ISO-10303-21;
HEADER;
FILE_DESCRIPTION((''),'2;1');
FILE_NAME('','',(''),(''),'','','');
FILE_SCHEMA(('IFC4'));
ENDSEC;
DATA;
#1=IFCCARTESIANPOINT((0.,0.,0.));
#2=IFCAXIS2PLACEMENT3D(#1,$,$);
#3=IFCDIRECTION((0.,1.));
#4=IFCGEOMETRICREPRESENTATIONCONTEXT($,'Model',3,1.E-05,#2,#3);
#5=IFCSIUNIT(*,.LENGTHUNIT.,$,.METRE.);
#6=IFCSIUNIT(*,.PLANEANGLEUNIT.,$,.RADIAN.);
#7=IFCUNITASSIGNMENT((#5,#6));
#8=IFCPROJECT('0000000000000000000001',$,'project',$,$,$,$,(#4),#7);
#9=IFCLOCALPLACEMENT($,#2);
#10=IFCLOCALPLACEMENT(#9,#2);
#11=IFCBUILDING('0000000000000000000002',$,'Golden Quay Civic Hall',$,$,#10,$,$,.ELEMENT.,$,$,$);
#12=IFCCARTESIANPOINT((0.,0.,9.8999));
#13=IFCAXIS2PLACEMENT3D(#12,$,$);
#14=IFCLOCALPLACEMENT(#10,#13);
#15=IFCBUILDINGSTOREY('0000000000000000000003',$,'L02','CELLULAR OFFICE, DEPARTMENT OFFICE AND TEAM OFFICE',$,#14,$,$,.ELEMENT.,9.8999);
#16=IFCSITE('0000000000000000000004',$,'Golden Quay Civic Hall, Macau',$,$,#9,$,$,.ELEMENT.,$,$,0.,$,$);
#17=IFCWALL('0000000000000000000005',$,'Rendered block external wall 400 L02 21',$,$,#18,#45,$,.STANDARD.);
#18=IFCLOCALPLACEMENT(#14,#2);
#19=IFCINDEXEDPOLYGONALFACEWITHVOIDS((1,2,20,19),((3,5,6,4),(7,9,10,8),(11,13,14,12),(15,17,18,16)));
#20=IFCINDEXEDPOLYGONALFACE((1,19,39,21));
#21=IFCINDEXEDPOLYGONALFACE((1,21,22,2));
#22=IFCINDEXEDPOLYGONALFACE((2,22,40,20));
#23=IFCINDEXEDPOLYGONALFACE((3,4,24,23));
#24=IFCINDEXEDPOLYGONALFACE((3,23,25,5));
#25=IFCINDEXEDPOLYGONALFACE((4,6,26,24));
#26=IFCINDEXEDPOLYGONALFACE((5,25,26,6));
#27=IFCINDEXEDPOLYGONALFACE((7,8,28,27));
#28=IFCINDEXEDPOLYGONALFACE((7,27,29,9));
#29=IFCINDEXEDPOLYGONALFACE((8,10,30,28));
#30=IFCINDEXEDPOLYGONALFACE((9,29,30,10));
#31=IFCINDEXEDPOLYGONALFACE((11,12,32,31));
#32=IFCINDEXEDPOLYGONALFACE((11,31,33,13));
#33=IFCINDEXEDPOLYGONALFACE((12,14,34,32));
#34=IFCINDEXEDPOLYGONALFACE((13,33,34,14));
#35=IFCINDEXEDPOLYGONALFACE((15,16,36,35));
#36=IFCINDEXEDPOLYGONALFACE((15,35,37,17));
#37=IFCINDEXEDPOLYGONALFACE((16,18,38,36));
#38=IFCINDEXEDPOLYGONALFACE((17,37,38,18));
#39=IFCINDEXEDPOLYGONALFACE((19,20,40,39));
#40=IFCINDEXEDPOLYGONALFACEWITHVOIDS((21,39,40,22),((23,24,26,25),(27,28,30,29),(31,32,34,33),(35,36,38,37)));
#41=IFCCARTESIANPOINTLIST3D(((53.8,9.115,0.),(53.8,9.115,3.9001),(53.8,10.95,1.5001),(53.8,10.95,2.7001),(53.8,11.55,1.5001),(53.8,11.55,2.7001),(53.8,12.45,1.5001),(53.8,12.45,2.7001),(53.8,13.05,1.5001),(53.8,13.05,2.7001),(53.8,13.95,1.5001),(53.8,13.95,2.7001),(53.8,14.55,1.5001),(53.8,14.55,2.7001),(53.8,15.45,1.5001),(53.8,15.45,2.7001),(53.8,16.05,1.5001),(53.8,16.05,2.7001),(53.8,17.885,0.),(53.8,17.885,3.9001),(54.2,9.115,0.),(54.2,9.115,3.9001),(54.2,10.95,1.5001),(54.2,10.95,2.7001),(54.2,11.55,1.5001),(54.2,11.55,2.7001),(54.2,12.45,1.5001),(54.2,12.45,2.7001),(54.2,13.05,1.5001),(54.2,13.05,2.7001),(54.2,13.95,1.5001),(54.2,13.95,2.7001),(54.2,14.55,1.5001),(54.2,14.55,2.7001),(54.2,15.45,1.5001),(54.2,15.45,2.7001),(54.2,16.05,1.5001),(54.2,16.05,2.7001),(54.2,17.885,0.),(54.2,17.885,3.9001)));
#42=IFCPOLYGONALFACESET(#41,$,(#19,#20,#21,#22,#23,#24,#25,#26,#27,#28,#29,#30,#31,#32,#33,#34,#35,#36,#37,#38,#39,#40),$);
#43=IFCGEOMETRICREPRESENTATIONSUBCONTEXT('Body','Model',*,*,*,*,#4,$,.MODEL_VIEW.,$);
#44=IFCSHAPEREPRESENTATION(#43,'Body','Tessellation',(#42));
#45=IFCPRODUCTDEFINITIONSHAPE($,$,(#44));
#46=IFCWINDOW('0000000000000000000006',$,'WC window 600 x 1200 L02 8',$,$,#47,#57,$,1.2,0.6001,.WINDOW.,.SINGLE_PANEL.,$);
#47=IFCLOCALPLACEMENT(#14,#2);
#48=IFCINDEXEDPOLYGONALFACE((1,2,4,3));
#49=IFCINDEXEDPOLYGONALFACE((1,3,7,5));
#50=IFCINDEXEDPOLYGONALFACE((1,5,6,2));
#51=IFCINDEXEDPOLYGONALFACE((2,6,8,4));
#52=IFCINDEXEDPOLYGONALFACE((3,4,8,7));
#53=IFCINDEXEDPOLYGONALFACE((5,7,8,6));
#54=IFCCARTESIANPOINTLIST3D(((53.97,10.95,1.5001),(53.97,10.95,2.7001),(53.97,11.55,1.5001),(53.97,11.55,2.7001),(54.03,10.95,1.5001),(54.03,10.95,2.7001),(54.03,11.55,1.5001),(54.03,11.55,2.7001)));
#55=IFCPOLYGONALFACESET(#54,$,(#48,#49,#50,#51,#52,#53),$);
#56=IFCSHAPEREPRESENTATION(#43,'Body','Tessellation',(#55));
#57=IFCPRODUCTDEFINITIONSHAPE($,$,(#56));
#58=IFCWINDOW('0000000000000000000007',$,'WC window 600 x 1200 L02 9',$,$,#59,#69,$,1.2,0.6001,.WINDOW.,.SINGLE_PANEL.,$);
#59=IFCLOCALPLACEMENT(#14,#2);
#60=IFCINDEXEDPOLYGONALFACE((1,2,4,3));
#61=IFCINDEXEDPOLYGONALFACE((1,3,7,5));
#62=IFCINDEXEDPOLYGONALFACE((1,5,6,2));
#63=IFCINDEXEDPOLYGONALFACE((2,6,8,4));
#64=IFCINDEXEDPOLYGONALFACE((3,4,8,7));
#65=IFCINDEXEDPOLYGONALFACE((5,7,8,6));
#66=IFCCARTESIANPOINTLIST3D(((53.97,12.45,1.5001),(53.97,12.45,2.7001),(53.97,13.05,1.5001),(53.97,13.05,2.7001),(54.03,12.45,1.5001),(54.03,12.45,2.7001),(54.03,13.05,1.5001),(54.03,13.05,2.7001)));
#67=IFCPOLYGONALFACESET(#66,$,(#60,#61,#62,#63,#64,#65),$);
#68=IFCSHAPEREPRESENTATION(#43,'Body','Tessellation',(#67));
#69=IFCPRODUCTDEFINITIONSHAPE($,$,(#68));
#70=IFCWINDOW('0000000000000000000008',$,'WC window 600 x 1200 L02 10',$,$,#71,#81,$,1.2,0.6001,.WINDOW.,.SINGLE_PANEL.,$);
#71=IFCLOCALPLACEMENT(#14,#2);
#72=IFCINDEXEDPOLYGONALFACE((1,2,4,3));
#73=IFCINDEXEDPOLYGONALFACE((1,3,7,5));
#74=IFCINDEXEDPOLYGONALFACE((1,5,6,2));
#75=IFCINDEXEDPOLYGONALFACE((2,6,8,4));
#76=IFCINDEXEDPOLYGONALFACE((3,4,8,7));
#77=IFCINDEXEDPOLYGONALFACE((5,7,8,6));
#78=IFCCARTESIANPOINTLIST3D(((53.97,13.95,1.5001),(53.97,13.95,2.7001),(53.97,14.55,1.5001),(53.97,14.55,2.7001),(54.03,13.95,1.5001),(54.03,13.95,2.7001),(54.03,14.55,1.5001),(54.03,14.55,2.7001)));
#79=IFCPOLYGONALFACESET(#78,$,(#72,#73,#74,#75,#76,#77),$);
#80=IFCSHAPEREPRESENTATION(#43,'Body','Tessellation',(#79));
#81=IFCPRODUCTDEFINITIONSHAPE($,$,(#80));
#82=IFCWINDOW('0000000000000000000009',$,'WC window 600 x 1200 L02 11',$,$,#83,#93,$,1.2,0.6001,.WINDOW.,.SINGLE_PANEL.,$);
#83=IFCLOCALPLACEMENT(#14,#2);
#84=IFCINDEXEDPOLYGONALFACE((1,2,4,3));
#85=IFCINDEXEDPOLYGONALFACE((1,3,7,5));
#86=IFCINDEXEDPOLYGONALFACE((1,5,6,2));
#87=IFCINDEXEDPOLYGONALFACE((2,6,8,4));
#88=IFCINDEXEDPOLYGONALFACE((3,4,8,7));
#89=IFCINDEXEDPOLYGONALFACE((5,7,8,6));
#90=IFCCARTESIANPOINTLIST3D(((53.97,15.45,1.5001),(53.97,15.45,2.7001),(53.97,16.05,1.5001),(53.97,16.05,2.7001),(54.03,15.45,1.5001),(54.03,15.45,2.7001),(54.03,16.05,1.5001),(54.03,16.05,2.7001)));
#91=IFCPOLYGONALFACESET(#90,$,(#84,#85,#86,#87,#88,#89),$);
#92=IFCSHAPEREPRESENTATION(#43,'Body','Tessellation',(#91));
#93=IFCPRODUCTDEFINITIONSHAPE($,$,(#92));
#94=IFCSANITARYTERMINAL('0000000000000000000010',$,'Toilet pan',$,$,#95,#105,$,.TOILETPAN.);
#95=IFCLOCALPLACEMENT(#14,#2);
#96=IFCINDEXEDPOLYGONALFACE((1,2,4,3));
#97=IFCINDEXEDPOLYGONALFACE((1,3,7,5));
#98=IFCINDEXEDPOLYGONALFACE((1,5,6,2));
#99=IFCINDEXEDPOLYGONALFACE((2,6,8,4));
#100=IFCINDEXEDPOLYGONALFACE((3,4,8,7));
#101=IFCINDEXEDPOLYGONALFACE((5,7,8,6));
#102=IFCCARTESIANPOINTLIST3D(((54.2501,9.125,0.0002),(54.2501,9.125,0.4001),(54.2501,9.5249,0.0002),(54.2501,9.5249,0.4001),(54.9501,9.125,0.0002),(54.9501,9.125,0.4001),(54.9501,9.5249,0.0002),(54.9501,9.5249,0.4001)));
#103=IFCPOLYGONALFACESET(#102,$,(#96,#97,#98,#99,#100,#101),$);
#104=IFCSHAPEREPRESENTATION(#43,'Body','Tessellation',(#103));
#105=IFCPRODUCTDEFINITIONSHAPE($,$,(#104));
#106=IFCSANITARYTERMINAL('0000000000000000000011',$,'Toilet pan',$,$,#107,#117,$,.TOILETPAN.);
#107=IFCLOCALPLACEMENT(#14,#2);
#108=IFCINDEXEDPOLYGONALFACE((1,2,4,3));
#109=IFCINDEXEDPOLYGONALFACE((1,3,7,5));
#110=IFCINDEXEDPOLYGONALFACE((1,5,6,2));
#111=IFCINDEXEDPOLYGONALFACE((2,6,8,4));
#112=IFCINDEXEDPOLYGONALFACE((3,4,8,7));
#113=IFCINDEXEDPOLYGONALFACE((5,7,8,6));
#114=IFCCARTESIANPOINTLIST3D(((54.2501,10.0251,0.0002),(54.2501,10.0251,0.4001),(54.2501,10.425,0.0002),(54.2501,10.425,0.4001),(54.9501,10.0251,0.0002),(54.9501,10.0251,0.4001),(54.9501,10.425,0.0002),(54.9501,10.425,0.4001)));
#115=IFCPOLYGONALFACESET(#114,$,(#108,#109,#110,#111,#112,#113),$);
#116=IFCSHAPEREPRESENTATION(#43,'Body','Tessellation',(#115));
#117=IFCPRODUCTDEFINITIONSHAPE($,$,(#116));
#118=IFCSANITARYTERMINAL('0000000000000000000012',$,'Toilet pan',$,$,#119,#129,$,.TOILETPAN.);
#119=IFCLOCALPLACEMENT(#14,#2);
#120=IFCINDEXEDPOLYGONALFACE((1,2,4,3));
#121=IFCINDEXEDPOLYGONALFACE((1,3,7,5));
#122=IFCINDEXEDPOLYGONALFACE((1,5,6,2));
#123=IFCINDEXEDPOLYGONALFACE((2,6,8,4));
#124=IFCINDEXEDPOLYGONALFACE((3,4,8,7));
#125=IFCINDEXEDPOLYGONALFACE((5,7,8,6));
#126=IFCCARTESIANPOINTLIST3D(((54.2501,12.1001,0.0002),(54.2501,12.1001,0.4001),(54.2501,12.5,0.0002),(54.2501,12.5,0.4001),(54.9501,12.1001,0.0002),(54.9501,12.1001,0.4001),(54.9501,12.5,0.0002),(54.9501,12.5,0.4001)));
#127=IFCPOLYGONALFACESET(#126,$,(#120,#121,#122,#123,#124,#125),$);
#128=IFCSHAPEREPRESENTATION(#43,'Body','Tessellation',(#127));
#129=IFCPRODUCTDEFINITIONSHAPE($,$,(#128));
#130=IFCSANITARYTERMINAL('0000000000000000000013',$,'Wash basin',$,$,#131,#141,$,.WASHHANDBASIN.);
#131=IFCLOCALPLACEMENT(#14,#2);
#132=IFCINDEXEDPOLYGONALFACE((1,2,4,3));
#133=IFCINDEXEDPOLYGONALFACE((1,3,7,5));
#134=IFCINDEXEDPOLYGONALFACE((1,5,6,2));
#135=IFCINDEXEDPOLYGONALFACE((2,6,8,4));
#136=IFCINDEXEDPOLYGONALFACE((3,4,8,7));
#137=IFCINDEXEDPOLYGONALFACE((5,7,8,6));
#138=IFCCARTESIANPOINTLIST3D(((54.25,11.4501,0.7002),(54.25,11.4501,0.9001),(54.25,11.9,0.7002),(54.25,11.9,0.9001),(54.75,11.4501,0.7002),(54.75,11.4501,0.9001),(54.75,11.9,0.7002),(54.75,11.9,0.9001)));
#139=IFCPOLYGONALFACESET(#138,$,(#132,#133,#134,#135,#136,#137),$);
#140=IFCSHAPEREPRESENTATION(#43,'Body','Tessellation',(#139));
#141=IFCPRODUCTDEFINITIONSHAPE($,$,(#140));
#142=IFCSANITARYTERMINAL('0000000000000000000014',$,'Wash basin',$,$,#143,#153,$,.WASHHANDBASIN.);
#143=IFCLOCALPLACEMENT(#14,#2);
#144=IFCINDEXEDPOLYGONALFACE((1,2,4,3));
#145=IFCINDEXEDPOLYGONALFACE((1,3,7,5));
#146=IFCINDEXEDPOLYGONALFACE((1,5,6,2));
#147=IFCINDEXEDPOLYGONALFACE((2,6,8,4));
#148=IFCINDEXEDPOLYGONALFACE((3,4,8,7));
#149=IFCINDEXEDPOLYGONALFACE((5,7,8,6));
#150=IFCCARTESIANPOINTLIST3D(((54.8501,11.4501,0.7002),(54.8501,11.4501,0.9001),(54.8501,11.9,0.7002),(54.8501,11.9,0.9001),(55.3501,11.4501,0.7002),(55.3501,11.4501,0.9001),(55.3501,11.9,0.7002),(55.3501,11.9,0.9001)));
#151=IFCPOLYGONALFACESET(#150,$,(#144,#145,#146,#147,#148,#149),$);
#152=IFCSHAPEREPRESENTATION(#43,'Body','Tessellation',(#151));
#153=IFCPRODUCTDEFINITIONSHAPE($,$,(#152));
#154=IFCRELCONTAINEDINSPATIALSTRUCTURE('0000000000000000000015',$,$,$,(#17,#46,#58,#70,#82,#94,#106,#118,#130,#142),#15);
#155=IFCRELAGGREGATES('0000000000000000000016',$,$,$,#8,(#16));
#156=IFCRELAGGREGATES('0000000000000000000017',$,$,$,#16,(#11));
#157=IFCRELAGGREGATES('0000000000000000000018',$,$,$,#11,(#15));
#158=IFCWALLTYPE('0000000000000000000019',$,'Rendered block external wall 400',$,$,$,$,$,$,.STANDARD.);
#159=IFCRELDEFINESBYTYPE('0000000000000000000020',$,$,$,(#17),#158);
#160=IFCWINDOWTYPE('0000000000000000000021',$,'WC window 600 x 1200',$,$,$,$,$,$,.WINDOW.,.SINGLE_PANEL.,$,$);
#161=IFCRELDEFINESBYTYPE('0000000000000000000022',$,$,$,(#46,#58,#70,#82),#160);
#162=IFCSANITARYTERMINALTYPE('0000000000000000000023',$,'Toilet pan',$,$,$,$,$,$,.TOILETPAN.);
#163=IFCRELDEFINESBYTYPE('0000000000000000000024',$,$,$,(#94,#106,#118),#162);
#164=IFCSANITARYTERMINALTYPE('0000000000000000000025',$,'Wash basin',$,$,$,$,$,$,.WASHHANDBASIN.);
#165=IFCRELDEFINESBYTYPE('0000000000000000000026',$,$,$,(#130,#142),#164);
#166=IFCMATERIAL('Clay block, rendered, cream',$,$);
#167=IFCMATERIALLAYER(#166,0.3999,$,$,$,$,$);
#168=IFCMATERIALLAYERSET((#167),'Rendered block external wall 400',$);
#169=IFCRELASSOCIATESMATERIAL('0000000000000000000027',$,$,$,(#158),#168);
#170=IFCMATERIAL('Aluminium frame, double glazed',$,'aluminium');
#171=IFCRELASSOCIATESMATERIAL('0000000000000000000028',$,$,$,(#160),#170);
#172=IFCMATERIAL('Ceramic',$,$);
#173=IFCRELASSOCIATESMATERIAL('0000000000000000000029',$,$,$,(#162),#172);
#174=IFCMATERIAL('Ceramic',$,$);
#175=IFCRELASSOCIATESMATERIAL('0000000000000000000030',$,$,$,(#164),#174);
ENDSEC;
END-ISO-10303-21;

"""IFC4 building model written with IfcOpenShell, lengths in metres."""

from ifc_helpers import new_model, si_unit, direction, frame, frame_2d, origin, origin_2d, place, context, subcontext, project, spatial, rectangle, extrude, material, layer, layer_set, type_object, element, fill, save


model = new_model("IFC4")

# Units and contexts
model_context = context("Model", 3, precision=1e-05, world=origin(), true_north=direction((0.0, 1.0)))
body_context = subcontext(model_context, "Body", "Model", "MODEL_VIEW")
ifc_project = project(units=[si_unit("LENGTHUNIT", "METRE"), si_unit("PLANEANGLEUNIT", "RADIAN")], contexts=[model_context])

# Site, building, storey
site_placement = place(None, origin())
site = spatial("IfcSite", under=ifc_project, at=site_placement, Name="Golden Quay Civic Hall, Macau", CompositionType="ELEMENT", RefElevation=0.0)
building_placement = place(site_placement, origin())
building = spatial("IfcBuilding", under=site, at=building_placement, Name="Golden Quay Civic Hall", CompositionType="ELEMENT")
storey_placement = place(building_placement, frame((0.0, 0.0, 9.8999)))
storey = spatial("IfcBuildingStorey", under=building, at=storey_placement, Name="L02", Description="CELLULAR OFFICE, DEPARTMENT OFFICE AND TEAM OFFICE", CompositionType="ELEMENT", Elevation=9.8999)

# Wall, openings, windows
ifc_material_1 = material(Name="Clay block, rendered, cream")
ifc_layer_1 = layer(ifc_material_1, 0.3999)
ifc_layer_set_1 = layer_set([ifc_layer_1], Name="Rendered block external wall 400")
wall_type_1 = type_object("IfcWallType", Name="Rendered block external wall 400", PredefinedType="STANDARD", material=ifc_layer_set_1)
wall_1_placement = place(storey_placement, frame((54.0, 9.115, 0.0), z_axis=(0.0, 0.0, 1.0), x_axis=(0.0, 1.0, 0.0)))
wall_1 = element("IfcWall", 1, at=wall_1_placement, inside=storey, type_object=wall_type_1, Name="Rendered block external wall 400 L02 21", PredefinedType="STANDARD", context=body_context, shape_type="SweptSolid", body=[
    extrude(rectangle(XDim=8.77, YDim=0.3999, at=frame_2d((4.385, 0.0))), origin(), (0.0, 0.0, 1.0), 3.9001),
])
opening_1_placement = place(wall_1_placement, frame((1.835, 0.0, 1.5)))
opening_1 = element("IfcOpeningElement", 2, at=opening_1_placement, cuts=wall_1, PredefinedType="OPENING", context=body_context, shape_type="SweptSolid", body=[
    extrude(rectangle(XDim=0.6001, YDim=1.2, at=frame_2d((0.3, 0.6001))), frame((0.0, 0.21, 0.0), z_axis=(0.0, -1.0, 0.0), x_axis=(1.0, 0.0, 0.0)), (0.0, 0.0, 1.0), 0.4199),
])
opening_2_placement = place(wall_1_placement, frame((3.335, 0.0, 1.5)))
opening_2 = element("IfcOpeningElement", 3, at=opening_2_placement, cuts=wall_1, PredefinedType="OPENING", context=body_context, shape_type="SweptSolid", body=[
    extrude(rectangle(XDim=0.6001, YDim=1.2, at=frame_2d((0.3, 0.6001))), frame((0.0, 0.21, 0.0), z_axis=(0.0, -1.0, 0.0), x_axis=(1.0, 0.0, 0.0)), (0.0, 0.0, 1.0), 0.4199),
])
opening_3_placement = place(wall_1_placement, frame((4.835, 0.0, 1.5)))
opening_3 = element("IfcOpeningElement", 4, at=opening_3_placement, cuts=wall_1, PredefinedType="OPENING", context=body_context, shape_type="SweptSolid", body=[
    extrude(rectangle(XDim=0.6001, YDim=1.2, at=frame_2d((0.3, 0.6001))), frame((0.0, 0.21, 0.0), z_axis=(0.0, -1.0, 0.0), x_axis=(1.0, 0.0, 0.0)), (0.0, 0.0, 1.0), 0.4199),
])
opening_4_placement = place(wall_1_placement, frame((6.335, 0.0, 1.5)))
opening_4 = element("IfcOpeningElement", 5, at=opening_4_placement, cuts=wall_1, PredefinedType="OPENING", context=body_context, shape_type="SweptSolid", body=[
    extrude(rectangle(XDim=0.6001, YDim=1.2, at=frame_2d((0.3, 0.6001))), frame((0.0, 0.21, 0.0), z_axis=(0.0, -1.0, 0.0), x_axis=(1.0, 0.0, 0.0)), (0.0, 0.0, 1.0), 0.4199),
])
ifc_material_2 = material(Name="Aluminium frame, double glazed", Category="aluminium")
window_type = type_object("IfcWindowType", Name="WC window 600 x 1200", PartitioningType="SINGLE_PANEL", PredefinedType="WINDOW", material=ifc_material_2)
window_1_placement = place(opening_1_placement, origin())
window_1 = element("IfcWindow", 6, at=window_1_placement, inside=storey, type_object=window_type, Name="WC window 600 x 1200 L02 8", OverallHeight=1.2, OverallWidth=0.6001, PartitioningType="SINGLE_PANEL", PredefinedType="WINDOW", context=body_context, shape_type="SweptSolid", body=[
    extrude(rectangle(XDim=0.6001, YDim=1.2, at=frame_2d((0.3, 0.6001))), frame((0.0, 0.03, 0.0), z_axis=(0.0, -1.0, 0.0), x_axis=(1.0, 0.0, 0.0)), (0.0, 0.0, 1.0), 0.0601),
])
fill(opening_1, window_1)
window_2_placement = place(opening_2_placement, origin())
window_2 = element("IfcWindow", 7, at=window_2_placement, inside=storey, type_object=window_type, Name="WC window 600 x 1200 L02 9", OverallHeight=1.2, OverallWidth=0.6001, PartitioningType="SINGLE_PANEL", PredefinedType="WINDOW", context=body_context, shape_type="SweptSolid", body=[
    extrude(rectangle(XDim=0.6001, YDim=1.2, at=frame_2d((0.3, 0.6001))), frame((0.0, 0.03, 0.0), z_axis=(0.0, -1.0, 0.0), x_axis=(1.0, 0.0, 0.0)), (0.0, 0.0, 1.0), 0.0601),
])
fill(opening_2, window_2)
window_3_placement = place(opening_3_placement, origin())
window_3 = element("IfcWindow", 8, at=window_3_placement, inside=storey, type_object=window_type, Name="WC window 600 x 1200 L02 10", OverallHeight=1.2, OverallWidth=0.6001, PartitioningType="SINGLE_PANEL", PredefinedType="WINDOW", context=body_context, shape_type="SweptSolid", body=[
    extrude(rectangle(XDim=0.6001, YDim=1.2, at=frame_2d((0.3, 0.6001))), frame((0.0, 0.03, 0.0), z_axis=(0.0, -1.0, 0.0), x_axis=(1.0, 0.0, 0.0)), (0.0, 0.0, 1.0), 0.0601),
])
fill(opening_3, window_3)
window_4_placement = place(opening_4_placement, origin())
window_4 = element("IfcWindow", 9, at=window_4_placement, inside=storey, type_object=window_type, Name="WC window 600 x 1200 L02 11", OverallHeight=1.2, OverallWidth=0.6001, PartitioningType="SINGLE_PANEL", PredefinedType="WINDOW", context=body_context, shape_type="SweptSolid", body=[
    extrude(rectangle(XDim=0.6001, YDim=1.2, at=frame_2d((0.3, 0.6001))), frame((0.0, 0.03, 0.0), z_axis=(0.0, -1.0, 0.0), x_axis=(1.0, 0.0, 0.0)), (0.0, 0.0, 1.0), 0.0601),
])
fill(opening_4, window_4)

# Sanitary terminals
ifc_material_3 = material(Name="Ceramic")
sanitary_terminal_type_1 = type_object("IfcSanitaryTerminalType", Name="Toilet pan", PredefinedType="TOILETPAN", material=ifc_material_3)
for number, where, z_axis, x_axis, name in (
    (10, (54.6001, 9.325, 0.0002), (0.0, 0.0, 1.0), (0.0, 1.0, 0.0), "Toilet pan"),
    (11, (54.6001, 10.2251, 0.0002), (0.0, 0.0, 1.0), (0.0, 1.0, 0.0), "Toilet pan"),
    (12, (54.6001, 12.3, 0.0002), (0.0, 0.0, 1.0), (0.0, 1.0, 0.0), "Toilet pan"),
):
    element("IfcSanitaryTerminal", number, at=place(storey_placement, frame(where, z_axis=z_axis, x_axis=x_axis)), inside=storey, type_object=sanitary_terminal_type_1, Name=name, PredefinedType="TOILETPAN", context=body_context, shape_type="SweptSolid", body=[
        extrude(rectangle(XDim=0.3999, YDim=0.7, at=origin_2d()), origin(), (0.0, 0.0, 1.0), 0.3999),
    ])
ifc_material_4 = material(Name="Ceramic")
sanitary_terminal_type_2 = type_object("IfcSanitaryTerminalType", Name="Wash basin", PredefinedType="WASHHANDBASIN", material=ifc_material_4)
for number, where, z_axis, x_axis, name in (
    (13, (54.5, 11.675, 0.7002), (0.0, 0.0, 1.0), (1.0, 0.0, 0.0), "Wash basin"),
    (14, (55.1001, 11.675, 0.7002), (0.0, 0.0, 1.0), (1.0, 0.0, 0.0), "Wash basin"),
):
    element("IfcSanitaryTerminal", number, at=place(storey_placement, frame(where, z_axis=z_axis, x_axis=x_axis)), inside=storey, type_object=sanitary_terminal_type_2, Name=name, PredefinedType="WASHHANDBASIN", context=body_context, shape_type="SweptSolid", body=[
        extrude(rectangle(XDim=0.5, YDim=0.45, at=origin_2d()), origin(), (0.0, 0.0, 1.0), 0.2),
    ])

save(model, "model.ifc")
